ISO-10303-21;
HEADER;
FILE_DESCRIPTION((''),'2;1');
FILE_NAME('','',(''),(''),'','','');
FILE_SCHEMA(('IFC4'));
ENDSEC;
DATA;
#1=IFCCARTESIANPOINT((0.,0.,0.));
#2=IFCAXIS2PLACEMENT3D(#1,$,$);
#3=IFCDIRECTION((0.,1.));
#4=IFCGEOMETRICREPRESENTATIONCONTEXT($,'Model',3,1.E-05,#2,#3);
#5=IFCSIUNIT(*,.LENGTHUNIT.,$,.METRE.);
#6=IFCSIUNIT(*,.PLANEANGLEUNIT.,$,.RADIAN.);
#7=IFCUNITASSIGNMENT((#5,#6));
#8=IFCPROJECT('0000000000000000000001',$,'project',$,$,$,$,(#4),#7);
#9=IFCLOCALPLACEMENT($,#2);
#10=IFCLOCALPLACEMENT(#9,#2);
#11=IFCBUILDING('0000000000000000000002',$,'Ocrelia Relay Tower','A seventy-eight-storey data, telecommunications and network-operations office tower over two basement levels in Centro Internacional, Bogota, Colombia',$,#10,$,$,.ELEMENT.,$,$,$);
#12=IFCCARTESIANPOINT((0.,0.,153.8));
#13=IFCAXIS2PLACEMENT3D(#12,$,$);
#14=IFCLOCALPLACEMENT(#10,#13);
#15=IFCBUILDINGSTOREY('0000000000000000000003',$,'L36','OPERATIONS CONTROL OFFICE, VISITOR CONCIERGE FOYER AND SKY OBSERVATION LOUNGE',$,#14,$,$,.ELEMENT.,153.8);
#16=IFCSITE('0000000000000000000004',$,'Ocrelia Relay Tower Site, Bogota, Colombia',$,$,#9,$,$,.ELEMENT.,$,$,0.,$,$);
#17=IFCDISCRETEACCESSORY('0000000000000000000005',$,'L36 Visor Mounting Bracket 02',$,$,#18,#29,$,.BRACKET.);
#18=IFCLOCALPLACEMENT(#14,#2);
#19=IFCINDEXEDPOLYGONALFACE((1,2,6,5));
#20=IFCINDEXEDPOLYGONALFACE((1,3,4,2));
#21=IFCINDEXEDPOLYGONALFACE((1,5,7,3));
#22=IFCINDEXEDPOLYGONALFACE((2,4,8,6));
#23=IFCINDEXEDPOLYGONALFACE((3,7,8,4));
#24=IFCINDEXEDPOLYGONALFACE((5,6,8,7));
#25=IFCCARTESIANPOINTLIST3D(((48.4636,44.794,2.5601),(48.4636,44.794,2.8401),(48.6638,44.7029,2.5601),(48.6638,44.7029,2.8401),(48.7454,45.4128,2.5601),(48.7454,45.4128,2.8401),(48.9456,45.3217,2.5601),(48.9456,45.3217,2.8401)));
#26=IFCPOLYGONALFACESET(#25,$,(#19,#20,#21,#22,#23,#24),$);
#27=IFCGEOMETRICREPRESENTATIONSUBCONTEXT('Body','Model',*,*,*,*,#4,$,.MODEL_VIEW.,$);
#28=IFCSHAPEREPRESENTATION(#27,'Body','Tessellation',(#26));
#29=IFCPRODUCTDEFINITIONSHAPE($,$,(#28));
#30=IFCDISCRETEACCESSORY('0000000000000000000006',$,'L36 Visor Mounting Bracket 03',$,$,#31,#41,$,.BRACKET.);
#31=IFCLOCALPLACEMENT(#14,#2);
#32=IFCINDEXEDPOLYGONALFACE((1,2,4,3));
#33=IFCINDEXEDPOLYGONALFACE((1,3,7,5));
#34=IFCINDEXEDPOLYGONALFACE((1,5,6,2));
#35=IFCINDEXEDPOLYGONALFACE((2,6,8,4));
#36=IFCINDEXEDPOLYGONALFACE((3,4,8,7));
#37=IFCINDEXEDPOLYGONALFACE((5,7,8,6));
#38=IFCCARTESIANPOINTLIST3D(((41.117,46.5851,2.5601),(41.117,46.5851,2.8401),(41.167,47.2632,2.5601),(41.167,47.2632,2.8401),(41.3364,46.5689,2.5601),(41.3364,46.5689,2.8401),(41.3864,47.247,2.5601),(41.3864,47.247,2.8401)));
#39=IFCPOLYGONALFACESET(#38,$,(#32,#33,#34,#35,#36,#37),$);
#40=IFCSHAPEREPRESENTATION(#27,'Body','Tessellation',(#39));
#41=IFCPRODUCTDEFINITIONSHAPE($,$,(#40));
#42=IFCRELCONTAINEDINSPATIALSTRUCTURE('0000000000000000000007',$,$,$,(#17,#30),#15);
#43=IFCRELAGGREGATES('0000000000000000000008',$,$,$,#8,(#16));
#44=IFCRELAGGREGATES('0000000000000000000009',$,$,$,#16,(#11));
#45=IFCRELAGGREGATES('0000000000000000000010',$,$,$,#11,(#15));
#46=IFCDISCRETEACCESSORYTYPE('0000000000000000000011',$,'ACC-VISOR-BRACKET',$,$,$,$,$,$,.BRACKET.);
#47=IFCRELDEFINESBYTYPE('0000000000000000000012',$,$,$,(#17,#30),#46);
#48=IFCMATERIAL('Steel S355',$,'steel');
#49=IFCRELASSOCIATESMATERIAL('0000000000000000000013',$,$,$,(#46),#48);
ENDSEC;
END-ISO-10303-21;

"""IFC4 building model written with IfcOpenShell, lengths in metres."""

from ifc_helpers import new_model, si_unit, direction, frame, origin, origin_2d, place, context, subcontext, project, spatial, rectangle, extrude, material, type_object, element, save


model = new_model("IFC4")

# Units and contexts
model_context = context("Model", 3, precision=1e-05, world=origin(), true_north=direction((0.0, 1.0)))
body_context = subcontext(model_context, "Body", "Model", "MODEL_VIEW")
ifc_project = project(units=[si_unit("LENGTHUNIT", "METRE"), si_unit("PLANEANGLEUNIT", "RADIAN")], contexts=[model_context])

# Site, building, storey
site_placement = place(None, origin())
site = spatial("IfcSite", under=ifc_project, at=site_placement, Name="Ocrelia Relay Tower Site, Bogota, Colombia", CompositionType="ELEMENT", RefElevation=0.0)
building_placement = place(site_placement, origin())
building = spatial("IfcBuilding", under=site, at=building_placement, Name="Ocrelia Relay Tower", Description="A seventy-eight-storey data, telecommunications and network-operations office tower over two basement levels in Centro Internacional, Bogota, Colombia", CompositionType="ELEMENT")
storey_placement = place(building_placement, frame((0.0, 0.0, 153.8)))
storey = spatial("IfcBuildingStorey", under=building, at=storey_placement, Name="L36", Description="OPERATIONS CONTROL OFFICE, VISITOR CONCIERGE FOYER AND SKY OBSERVATION LOUNGE", CompositionType="ELEMENT", Elevation=153.8)

# Shared definitions
ifc_material_1 = material(Name="Steel S355", Category="steel")

# Discrete accessories
discrete_accessory_type = type_object("IfcDiscreteAccessoryType", Name="ACC-VISOR-BRACKET", PredefinedType="BRACKET", material=ifc_material_1)
for number, where, z_axis, x_axis, name in (
    (1, (48.7046, 45.0579, 2.5601), (0.0, 0.0, 1.0), (-0.910104, 0.414379, 0.0), "L36 Visor Mounting Bracket 02"),
    (2, (41.2517, 46.916, 2.5601), (0.0, 0.0, 1.0), (-0.997291, 0.073563, 0.0), "L36 Visor Mounting Bracket 03"),
):
    element("IfcDiscreteAccessory", number, at=place(storey_placement, frame(where, z_axis=z_axis, x_axis=x_axis)), inside=storey, type_object=discrete_accessory_type, Name=name, PredefinedType="BRACKET", context=body_context, shape_type="SweptSolid", body=[
        extrude(rectangle(XDim=0.22, YDim=0.6799, at=origin_2d()), origin(), (0.0, 0.0, 1.0), 0.28),
    ])

save(model, "model.ifc")
